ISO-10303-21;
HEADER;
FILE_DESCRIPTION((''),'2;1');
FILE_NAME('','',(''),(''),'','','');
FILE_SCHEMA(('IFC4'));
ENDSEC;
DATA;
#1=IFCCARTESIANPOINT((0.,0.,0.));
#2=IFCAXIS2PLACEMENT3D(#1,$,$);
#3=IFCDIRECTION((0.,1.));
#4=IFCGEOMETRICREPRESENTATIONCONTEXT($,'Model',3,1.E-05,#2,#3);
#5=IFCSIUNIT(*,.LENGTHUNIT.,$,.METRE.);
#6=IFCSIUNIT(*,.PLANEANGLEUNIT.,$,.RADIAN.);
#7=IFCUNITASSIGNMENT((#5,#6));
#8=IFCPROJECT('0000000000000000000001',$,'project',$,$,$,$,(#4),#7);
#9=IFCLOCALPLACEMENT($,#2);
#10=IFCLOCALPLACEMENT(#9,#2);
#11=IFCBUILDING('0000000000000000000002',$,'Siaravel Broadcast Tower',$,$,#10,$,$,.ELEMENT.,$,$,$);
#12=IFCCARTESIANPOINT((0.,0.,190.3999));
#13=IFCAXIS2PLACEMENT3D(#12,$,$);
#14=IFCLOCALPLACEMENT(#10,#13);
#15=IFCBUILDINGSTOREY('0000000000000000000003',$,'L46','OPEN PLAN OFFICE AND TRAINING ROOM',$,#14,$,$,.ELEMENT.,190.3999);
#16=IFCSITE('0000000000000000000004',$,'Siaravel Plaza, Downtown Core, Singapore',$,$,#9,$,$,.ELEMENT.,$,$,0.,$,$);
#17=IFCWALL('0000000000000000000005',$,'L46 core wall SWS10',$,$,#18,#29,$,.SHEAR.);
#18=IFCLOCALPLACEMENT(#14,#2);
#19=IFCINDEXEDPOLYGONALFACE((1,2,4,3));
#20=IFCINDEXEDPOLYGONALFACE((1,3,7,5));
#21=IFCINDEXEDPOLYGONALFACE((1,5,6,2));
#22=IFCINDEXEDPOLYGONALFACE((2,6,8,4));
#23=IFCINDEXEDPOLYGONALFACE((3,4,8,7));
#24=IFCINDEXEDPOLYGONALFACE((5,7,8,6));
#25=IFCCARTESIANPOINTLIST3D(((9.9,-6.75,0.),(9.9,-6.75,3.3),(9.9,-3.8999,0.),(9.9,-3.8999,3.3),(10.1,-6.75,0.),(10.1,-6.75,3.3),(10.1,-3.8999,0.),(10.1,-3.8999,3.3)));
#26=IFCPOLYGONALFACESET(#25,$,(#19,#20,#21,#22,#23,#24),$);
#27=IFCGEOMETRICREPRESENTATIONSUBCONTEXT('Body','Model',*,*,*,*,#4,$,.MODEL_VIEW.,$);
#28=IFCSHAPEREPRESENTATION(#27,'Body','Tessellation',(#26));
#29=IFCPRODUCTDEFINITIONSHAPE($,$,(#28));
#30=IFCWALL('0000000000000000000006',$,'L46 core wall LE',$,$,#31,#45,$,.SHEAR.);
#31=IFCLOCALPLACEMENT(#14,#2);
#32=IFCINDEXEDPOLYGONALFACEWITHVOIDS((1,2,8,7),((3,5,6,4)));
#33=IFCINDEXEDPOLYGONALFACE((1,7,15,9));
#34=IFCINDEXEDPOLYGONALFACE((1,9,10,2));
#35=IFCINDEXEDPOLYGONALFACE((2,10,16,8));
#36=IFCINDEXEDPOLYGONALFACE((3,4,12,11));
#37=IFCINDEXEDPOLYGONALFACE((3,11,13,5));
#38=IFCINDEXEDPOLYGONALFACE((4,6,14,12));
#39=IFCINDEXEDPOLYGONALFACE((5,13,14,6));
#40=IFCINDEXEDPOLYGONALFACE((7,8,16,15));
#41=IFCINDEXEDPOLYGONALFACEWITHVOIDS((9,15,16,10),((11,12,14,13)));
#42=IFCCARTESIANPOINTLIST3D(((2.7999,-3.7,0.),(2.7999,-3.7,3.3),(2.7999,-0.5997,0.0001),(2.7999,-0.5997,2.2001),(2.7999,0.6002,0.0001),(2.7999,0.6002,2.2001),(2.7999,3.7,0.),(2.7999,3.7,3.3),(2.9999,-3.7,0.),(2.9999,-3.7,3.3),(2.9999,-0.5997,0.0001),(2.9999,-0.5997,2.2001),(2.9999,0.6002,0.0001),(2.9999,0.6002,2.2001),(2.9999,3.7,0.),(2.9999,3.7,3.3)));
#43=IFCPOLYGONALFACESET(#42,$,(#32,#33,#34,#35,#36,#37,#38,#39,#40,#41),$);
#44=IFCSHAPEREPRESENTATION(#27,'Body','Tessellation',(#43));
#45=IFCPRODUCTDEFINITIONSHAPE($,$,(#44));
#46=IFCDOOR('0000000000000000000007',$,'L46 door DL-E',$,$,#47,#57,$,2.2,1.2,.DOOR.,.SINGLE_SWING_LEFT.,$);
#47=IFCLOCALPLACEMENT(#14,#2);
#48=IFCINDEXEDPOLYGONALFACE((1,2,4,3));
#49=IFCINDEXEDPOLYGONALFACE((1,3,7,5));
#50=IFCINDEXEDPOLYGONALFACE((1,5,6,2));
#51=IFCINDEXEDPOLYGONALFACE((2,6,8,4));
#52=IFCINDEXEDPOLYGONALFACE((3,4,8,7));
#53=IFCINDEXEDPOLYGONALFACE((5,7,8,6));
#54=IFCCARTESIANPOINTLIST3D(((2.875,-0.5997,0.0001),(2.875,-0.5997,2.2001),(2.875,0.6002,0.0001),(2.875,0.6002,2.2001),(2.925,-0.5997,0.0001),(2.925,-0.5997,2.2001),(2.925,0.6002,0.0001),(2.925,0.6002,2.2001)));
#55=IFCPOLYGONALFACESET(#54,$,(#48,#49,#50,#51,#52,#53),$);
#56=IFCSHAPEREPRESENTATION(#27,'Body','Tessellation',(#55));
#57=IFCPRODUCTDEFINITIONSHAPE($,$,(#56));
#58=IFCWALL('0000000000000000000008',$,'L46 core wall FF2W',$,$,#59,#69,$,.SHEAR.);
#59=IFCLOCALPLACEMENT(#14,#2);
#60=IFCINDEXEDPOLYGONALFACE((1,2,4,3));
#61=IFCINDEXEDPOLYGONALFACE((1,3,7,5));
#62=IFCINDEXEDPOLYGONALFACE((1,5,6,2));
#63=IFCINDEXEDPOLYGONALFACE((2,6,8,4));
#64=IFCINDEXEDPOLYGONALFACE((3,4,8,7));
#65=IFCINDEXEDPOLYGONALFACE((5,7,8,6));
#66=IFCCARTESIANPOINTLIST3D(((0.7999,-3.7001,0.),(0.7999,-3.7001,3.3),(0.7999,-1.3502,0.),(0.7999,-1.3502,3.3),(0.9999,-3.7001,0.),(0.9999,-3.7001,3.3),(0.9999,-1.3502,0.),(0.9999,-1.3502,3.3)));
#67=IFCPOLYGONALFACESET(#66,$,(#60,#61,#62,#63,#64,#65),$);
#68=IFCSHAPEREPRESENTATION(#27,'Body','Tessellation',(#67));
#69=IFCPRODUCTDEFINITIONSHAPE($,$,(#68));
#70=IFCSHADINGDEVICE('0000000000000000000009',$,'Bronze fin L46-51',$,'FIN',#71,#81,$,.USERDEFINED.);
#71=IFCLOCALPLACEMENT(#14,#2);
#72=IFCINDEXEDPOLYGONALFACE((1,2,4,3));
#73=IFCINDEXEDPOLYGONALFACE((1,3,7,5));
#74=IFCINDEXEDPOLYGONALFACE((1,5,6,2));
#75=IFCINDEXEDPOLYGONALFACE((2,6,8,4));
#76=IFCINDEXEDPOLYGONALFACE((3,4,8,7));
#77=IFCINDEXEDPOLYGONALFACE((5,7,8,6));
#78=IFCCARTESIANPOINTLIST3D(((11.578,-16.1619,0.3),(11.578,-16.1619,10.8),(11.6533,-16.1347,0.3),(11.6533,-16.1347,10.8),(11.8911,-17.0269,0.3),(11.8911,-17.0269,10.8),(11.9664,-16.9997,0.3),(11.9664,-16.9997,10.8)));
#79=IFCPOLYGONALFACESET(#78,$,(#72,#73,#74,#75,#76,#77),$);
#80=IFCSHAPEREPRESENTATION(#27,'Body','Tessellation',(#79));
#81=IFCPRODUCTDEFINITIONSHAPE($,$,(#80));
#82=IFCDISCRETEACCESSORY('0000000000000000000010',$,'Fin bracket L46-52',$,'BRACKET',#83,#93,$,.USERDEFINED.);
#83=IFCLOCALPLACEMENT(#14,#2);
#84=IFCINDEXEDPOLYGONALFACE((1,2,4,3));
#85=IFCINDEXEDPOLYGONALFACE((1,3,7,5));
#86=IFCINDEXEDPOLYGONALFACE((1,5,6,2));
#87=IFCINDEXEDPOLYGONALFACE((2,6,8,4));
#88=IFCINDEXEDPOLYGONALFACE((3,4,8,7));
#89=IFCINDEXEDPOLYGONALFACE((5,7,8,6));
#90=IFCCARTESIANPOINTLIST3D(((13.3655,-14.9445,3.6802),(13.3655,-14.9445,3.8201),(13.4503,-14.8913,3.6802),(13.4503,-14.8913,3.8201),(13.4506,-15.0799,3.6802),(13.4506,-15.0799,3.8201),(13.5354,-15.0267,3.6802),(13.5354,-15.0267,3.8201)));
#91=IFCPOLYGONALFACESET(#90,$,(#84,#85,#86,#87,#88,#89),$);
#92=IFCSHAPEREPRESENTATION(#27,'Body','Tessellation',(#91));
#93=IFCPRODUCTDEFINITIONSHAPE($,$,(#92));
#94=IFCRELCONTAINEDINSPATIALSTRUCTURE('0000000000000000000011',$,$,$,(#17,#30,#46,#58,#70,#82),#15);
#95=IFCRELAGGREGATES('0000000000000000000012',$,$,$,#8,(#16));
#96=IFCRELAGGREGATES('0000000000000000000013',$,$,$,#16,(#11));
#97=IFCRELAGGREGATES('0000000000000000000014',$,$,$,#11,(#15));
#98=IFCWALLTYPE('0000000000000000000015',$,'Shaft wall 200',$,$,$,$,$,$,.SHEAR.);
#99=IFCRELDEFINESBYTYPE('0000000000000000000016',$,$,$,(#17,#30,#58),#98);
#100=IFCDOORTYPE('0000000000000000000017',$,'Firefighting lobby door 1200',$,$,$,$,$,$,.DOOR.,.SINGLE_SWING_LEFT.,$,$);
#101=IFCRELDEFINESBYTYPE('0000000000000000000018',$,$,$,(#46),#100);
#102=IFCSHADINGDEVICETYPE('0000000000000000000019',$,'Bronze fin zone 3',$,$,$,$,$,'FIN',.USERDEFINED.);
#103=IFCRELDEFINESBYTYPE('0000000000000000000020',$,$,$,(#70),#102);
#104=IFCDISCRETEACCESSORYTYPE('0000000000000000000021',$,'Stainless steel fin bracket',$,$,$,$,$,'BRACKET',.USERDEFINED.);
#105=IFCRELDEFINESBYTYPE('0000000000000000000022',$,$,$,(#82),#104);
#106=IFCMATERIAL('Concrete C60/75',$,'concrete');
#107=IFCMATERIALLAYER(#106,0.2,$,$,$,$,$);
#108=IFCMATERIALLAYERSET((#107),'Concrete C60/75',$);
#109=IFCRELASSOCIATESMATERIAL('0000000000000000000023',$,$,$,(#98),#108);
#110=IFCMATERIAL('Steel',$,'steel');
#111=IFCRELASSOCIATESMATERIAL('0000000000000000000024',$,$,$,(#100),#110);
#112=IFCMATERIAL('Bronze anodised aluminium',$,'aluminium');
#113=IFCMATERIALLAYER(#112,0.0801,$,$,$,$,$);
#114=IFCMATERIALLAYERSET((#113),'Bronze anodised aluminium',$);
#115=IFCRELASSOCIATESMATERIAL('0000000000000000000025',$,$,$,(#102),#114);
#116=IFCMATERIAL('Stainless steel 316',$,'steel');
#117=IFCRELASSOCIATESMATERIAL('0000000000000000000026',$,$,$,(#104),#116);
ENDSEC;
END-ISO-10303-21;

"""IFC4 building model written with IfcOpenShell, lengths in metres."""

from ifc_helpers import new_model, si_unit, direction, frame, frame_2d, origin, origin_2d, place, context, subcontext, project, spatial, rectangle, extrude, material, layer, layer_set, type_object, element, fill, save


model = new_model("IFC4")

# Units and contexts
model_context = context("Model", 3, precision=1e-05, world=origin(), true_north=direction((0.0, 1.0)))
body_context = subcontext(model_context, "Body", "Model", "MODEL_VIEW")
ifc_project = project(units=[si_unit("LENGTHUNIT", "METRE"), si_unit("PLANEANGLEUNIT", "RADIAN")], contexts=[model_context])

# Site, building, storey
site_placement = place(None, origin())
site = spatial("IfcSite", under=ifc_project, at=site_placement, Name="Siaravel Plaza, Downtown Core, Singapore", CompositionType="ELEMENT", RefElevation=0.0)
building_placement = place(site_placement, origin())
building = spatial("IfcBuilding", under=site, at=building_placement, Name="Siaravel Broadcast Tower", CompositionType="ELEMENT")
storey_placement = place(building_placement, frame((0.0, 0.0, 190.3999)))
storey = spatial("IfcBuildingStorey", under=building, at=storey_placement, Name="L46", Description="OPEN PLAN OFFICE AND TRAINING ROOM", CompositionType="ELEMENT", Elevation=190.3999)

# Shared definitions
ifc_material_1 = material(Name="Concrete C60/75", Category="concrete")

# Shared definitions
ifc_material_2 = material(Name="Steel", Category="steel")

# Wall
ifc_layer_1 = layer(ifc_material_1, 0.2)
ifc_layer_set_1 = layer_set([ifc_layer_1], Name="Concrete C60/75")
wall_type_1 = type_object("IfcWallType", Name="Shaft wall 200", PredefinedType="SHEAR", material=ifc_layer_set_1)
for number, where, z_axis, x_axis, name in (
    (1, (10.0, -6.75, 0.0), (0.0, 0.0, 1.0), (0.0, 1.0, 0.0), "L46 core wall SWS10"),
):
    element("IfcWall", number, at=place(storey_placement, frame(where, z_axis=z_axis, x_axis=x_axis)), inside=storey, type_object=wall_type_1, Name=name, PredefinedType="SHEAR", context=body_context, shape_type="SweptSolid", body=[
        extrude(rectangle(XDim=2.8501, YDim=0.2, at=frame_2d((1.425, 0.0))), origin(), (0.0, 0.0, 1.0), 3.3),
    ])

# Wall, opening, door
wall_1_placement = place(storey_placement, frame((2.8999, -3.7, 0.0), z_axis=(0.0, 0.0, 1.0), x_axis=(0.0, 1.0, 0.0)))
wall_1 = element("IfcWall", 2, at=wall_1_placement, inside=storey, type_object=wall_type_1, Name="L46 core wall LE", PredefinedType="SHEAR", context=body_context, shape_type="SweptSolid", body=[
    extrude(rectangle(XDim=7.3999, YDim=0.2, at=frame_2d((3.7, 0.0))), origin(), (0.0, 0.0, 1.0), 3.3),
])
opening_1_placement = place(wall_1_placement, frame((3.1001, 0.0, 0.0)))
opening_1 = element("IfcOpeningElement", 3, at=opening_1_placement, cuts=wall_1, PredefinedType="OPENING", context=body_context, shape_type="SweptSolid", body=[
    extrude(rectangle(XDim=1.2, YDim=2.2, at=frame_2d((0.6001, 1.1001))), frame((0.0, 0.1099, 0.0), z_axis=(0.0, -1.0, 0.0), x_axis=(1.0, 0.0, 0.0)), (0.0, 0.0, 1.0), 0.22),
])
door_type_1 = type_object("IfcDoorType", Name="Firefighting lobby door 1200", OperationType="SINGLE_SWING_LEFT", PredefinedType="DOOR", material=ifc_material_2)
door_1_placement = place(opening_1_placement, origin())
door_1 = element("IfcDoor", 4, at=door_1_placement, inside=storey, type_object=door_type_1, Name="L46 door DL-E", OperationType="SINGLE_SWING_LEFT", OverallHeight=2.2, OverallWidth=1.2, PredefinedType="DOOR", context=body_context, shape_type="SweptSolid", body=[
    extrude(rectangle(XDim=1.2, YDim=2.2, at=frame_2d((0.6001, 1.1001))), frame((0.0, 0.0249, 0.0), z_axis=(0.0, -1.0, 0.0), x_axis=(1.0, 0.0, 0.0)), (0.0, 0.0, 1.0), 0.05),
])
fill(opening_1, door_1)

# Wall
wall_2_placement = place(storey_placement, frame((0.8999, -3.7, 0.0), z_axis=(0.0, 0.0, 1.0), x_axis=(0.0, 1.0, 0.0)))
element("IfcWall", 5, at=wall_2_placement, inside=storey, type_object=wall_type_1, Name="L46 core wall FF2W", PredefinedType="SHEAR", context=body_context, shape_type="SweptSolid", body=[
    extrude(rectangle(XDim=2.3499, YDim=0.2, at=frame_2d((1.1748, 0.0))), origin(), (0.0, 0.0, 1.0), 3.3),
])

# Shading device
ifc_material_3 = material(Name="Bronze anodised aluminium", Category="aluminium")
ifc_layer_2 = layer(ifc_material_3, 0.0801)
ifc_layer_set_2 = layer_set([ifc_layer_2], Name="Bronze anodised aluminium")
shading_device_type = type_object("IfcShadingDeviceType", Name="Bronze fin zone 3", ElementType="FIN", PredefinedType="USERDEFINED", material=ifc_layer_set_2)
shading_device_placement = place(storey_placement, frame((11.7722, -16.5808, 0.3), z_axis=(0.0, 0.0, 1.0), x_axis=(0.340406, -0.940279, 0.0)))
element("IfcShadingDevice", 6, at=shading_device_placement, inside=storey, type_object=shading_device_type, Name="Bronze fin L46-51", ObjectType="FIN", PredefinedType="USERDEFINED", context=body_context, shape_type="SweptSolid", body=[
    extrude(rectangle(XDim=0.9199, YDim=0.0801, at=origin_2d()), origin(), (0.0, 0.0, 1.0), 10.5),
])

# Discrete accessory
ifc_material_4 = material(Name="Stainless steel 316", Category="steel")
discrete_accessory_type = type_object("IfcDiscreteAccessoryType", Name="Stainless steel fin bracket", ElementType="BRACKET", PredefinedType="USERDEFINED", material=ifc_material_4)
discrete_accessory_placement = place(storey_placement, frame((13.4504, -14.9856, 3.6802), z_axis=(0.0, 0.0, 1.0), x_axis=(0.532149, -0.84665, 0.0)))
element("IfcDiscreteAccessory", 7, at=discrete_accessory_placement, inside=storey, type_object=discrete_accessory_type, Name="Fin bracket L46-52", ObjectType="BRACKET", PredefinedType="USERDEFINED", context=body_context, shape_type="SweptSolid", body=[
    extrude(rectangle(XDim=0.1599, YDim=0.1001, at=origin_2d()), origin(), (0.0, 0.0, 1.0), 0.1399),
])

save(model, "model.ifc")
